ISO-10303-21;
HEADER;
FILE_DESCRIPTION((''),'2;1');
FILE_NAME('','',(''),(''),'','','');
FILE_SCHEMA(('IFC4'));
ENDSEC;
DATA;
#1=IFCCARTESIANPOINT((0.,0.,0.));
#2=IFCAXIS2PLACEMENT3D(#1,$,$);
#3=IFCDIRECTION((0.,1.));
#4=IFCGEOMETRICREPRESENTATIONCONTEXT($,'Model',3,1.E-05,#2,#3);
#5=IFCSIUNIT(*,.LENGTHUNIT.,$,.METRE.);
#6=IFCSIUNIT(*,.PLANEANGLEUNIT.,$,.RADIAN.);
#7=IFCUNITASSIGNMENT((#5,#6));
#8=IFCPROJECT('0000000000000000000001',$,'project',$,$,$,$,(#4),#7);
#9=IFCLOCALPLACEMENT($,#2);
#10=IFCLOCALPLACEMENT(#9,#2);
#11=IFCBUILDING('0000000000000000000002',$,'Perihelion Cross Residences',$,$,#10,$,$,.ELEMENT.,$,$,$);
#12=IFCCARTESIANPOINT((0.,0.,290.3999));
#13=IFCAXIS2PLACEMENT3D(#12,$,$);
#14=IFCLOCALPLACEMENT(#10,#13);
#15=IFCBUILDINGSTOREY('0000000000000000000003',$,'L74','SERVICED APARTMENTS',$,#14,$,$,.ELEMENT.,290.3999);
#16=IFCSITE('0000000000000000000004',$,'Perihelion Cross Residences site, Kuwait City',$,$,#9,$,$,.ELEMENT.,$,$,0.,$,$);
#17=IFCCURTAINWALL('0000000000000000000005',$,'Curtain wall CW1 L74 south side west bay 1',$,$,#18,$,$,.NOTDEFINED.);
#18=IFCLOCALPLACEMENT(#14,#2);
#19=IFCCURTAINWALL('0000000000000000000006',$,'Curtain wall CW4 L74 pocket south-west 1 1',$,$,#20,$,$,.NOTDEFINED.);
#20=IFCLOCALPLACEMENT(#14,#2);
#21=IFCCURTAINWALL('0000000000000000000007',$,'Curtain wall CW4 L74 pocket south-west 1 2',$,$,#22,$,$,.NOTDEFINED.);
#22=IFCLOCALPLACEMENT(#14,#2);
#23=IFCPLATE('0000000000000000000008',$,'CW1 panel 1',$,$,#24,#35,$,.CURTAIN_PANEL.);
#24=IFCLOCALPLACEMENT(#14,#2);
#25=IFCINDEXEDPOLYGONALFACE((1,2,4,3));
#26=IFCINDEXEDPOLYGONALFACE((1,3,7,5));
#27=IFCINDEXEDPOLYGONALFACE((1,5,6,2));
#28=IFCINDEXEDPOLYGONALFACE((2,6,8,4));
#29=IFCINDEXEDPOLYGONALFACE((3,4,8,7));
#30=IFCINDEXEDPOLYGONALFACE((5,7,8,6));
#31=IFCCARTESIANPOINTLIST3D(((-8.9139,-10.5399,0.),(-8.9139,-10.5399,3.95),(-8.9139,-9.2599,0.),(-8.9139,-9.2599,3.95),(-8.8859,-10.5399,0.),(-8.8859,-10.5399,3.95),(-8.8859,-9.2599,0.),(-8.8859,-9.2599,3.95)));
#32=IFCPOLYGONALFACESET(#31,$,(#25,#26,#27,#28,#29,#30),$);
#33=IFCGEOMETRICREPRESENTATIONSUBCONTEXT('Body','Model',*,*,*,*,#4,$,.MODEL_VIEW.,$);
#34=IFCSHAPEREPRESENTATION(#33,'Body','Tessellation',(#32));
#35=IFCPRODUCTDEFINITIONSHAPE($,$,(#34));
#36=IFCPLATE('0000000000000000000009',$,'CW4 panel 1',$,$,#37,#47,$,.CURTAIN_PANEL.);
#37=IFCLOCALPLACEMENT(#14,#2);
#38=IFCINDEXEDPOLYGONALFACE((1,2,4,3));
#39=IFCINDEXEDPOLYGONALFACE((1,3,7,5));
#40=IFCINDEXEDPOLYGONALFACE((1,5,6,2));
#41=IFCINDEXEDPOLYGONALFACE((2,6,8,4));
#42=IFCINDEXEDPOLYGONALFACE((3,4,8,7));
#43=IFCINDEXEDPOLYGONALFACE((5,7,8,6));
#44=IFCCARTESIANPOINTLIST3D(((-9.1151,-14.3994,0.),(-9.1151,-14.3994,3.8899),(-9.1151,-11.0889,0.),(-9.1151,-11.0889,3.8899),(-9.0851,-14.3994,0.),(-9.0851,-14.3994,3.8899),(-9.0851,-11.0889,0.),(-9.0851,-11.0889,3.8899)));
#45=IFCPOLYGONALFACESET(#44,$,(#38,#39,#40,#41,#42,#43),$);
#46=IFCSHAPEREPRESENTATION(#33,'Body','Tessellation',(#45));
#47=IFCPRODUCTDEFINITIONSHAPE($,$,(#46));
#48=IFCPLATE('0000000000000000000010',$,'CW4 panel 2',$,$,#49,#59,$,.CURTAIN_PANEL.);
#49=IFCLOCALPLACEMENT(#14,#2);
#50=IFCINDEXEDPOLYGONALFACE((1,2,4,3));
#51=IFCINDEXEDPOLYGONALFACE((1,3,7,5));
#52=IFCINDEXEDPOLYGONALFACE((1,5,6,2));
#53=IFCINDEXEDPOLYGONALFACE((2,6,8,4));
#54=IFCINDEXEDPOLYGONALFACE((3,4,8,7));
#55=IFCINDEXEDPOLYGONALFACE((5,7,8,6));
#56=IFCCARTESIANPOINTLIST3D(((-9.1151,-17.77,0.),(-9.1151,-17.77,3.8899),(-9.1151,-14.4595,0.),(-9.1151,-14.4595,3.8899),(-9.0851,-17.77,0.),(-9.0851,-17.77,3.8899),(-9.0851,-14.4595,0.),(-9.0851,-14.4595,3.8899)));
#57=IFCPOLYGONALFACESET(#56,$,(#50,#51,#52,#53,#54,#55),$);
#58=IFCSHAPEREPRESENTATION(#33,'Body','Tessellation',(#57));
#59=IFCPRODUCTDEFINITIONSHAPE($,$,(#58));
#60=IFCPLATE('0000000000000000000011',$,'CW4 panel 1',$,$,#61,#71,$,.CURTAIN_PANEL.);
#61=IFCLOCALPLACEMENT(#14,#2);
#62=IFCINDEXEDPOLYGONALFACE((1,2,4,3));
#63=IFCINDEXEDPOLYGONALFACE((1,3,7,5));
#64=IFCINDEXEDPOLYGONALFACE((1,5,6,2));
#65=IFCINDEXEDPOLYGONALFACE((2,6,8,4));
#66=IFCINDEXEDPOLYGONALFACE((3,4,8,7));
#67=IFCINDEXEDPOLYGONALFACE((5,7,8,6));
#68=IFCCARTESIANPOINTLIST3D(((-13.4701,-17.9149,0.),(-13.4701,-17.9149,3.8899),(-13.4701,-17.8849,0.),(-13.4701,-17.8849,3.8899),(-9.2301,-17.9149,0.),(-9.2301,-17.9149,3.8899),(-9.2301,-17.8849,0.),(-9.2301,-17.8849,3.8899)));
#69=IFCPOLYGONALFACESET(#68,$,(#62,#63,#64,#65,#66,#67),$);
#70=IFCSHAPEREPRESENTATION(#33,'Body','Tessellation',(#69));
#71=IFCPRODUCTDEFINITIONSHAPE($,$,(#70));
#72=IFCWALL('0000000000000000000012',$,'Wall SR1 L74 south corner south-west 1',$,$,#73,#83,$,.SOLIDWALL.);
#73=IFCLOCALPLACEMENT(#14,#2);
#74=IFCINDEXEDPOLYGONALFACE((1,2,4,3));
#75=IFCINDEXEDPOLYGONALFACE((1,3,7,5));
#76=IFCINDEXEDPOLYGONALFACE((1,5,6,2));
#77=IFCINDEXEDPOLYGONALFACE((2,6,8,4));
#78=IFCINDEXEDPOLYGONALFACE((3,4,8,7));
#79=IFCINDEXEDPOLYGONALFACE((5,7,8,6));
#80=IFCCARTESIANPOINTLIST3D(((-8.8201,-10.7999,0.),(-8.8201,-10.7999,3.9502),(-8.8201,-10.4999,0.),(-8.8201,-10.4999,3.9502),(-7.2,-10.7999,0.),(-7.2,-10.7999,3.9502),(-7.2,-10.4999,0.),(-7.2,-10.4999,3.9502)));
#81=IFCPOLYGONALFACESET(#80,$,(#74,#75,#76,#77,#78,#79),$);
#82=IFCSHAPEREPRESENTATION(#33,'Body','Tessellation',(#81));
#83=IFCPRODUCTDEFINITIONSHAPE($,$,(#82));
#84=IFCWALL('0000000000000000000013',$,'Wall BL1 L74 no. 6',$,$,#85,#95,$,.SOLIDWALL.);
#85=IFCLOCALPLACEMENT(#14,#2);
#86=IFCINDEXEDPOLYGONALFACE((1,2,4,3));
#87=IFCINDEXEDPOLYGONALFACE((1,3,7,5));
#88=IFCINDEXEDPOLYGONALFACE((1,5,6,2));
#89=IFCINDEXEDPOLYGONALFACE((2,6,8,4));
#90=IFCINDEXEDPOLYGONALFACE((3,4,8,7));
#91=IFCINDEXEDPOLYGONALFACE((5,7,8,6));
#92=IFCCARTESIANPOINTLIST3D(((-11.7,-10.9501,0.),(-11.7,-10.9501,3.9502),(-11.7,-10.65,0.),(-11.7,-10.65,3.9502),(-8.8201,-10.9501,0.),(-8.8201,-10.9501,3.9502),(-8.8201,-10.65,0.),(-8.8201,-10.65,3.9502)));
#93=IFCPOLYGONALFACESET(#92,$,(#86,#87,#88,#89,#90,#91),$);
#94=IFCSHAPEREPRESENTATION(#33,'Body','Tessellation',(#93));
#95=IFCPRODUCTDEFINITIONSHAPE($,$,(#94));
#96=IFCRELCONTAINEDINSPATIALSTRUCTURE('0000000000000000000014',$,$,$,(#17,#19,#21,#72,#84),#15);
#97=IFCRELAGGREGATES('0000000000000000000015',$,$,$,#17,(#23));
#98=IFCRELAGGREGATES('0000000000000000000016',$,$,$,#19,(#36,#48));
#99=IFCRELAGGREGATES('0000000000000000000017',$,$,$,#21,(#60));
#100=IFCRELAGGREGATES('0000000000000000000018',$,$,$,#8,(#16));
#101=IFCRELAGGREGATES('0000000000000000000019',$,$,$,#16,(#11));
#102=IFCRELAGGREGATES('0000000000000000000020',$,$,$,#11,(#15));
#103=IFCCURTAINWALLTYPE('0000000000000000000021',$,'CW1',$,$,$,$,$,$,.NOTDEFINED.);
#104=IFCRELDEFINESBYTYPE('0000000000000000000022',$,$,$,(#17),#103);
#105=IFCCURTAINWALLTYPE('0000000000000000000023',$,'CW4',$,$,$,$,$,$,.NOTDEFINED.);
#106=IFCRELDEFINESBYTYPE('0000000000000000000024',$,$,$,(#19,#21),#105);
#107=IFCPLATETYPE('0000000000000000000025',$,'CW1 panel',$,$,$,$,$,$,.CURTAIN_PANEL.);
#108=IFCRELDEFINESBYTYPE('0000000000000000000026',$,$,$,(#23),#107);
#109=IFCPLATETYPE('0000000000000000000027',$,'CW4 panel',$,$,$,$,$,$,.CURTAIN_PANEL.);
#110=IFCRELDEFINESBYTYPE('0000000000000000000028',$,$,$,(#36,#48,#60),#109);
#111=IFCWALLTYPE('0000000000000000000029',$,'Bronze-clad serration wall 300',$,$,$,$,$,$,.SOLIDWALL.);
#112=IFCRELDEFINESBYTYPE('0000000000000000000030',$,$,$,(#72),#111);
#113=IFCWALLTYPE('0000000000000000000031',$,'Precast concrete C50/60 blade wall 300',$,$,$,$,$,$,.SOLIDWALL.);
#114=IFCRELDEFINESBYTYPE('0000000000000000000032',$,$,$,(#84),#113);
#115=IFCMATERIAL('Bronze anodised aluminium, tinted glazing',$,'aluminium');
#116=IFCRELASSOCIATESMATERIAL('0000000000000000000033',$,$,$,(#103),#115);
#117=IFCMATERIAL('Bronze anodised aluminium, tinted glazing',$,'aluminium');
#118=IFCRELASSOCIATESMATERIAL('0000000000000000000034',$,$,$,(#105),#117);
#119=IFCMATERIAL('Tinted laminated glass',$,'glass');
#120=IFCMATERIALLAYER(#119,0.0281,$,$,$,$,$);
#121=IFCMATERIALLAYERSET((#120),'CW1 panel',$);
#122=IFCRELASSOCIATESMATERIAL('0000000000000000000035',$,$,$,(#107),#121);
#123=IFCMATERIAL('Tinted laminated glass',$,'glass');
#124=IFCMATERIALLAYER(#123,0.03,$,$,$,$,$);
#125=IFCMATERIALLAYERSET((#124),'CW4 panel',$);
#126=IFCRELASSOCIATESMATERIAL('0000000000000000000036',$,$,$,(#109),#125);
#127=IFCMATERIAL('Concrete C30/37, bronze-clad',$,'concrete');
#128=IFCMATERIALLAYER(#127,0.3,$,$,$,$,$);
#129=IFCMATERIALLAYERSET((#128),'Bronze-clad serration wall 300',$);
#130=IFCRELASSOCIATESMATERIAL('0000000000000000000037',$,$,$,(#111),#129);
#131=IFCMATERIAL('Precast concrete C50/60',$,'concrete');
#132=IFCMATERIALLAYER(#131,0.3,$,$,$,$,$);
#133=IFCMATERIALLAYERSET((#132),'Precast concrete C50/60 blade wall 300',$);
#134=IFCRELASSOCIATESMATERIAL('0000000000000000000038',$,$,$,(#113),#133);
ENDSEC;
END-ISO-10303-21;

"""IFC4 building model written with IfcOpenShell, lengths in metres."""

from ifc_helpers import new_model, si_unit, direction, frame, frame_2d, origin, origin_2d, place, context, subcontext, project, spatial, rectangle, extrude, material, layer, layer_set, type_object, element, aggregate, save


model = new_model("IFC4")

# Units and contexts
model_context = context("Model", 3, precision=1e-05, world=origin(), true_north=direction((0.0, 1.0)))
body_context = subcontext(model_context, "Body", "Model", "MODEL_VIEW")
ifc_project = project(units=[si_unit("LENGTHUNIT", "METRE"), si_unit("PLANEANGLEUNIT", "RADIAN")], contexts=[model_context])

# Site, building, storey
site_placement = place(None, origin())
site = spatial("IfcSite", under=ifc_project, at=site_placement, Name="Perihelion Cross Residences site, Kuwait City", CompositionType="ELEMENT", RefElevation=0.0)
building_placement = place(site_placement, origin())
building = spatial("IfcBuilding", under=site, at=building_placement, Name="Perihelion Cross Residences", CompositionType="ELEMENT")
storey_placement = place(building_placement, frame((0.0, 0.0, 290.3999)))
storey = spatial("IfcBuildingStorey", under=building, at=storey_placement, Name="L74", Description="SERVICED APARTMENTS", CompositionType="ELEMENT", Elevation=290.3999)

# Curtain walls
ifc_material_1 = material(Name="Bronze anodised aluminium, tinted glazing", Category="aluminium")
curtain_wall_type_1 = type_object("IfcCurtainWallType", Name="CW1", PredefinedType="NOTDEFINED", material=ifc_material_1)
curtain_wall_1_placement = place(storey_placement, origin())
curtain_wall_1 = element("IfcCurtainWall", 1, at=curtain_wall_1_placement, inside=storey, type_object=curtain_wall_type_1, Name="Curtain wall CW1 L74 south side west bay 1", PredefinedType="NOTDEFINED")
ifc_material_2 = material(Name="Bronze anodised aluminium, tinted glazing", Category="aluminium")
curtain_wall_type_2 = type_object("IfcCurtainWallType", Name="CW4", PredefinedType="NOTDEFINED", material=ifc_material_2)
curtain_wall_2_placement = place(storey_placement, origin())
curtain_wall_2 = element("IfcCurtainWall", 2, at=curtain_wall_2_placement, inside=storey, type_object=curtain_wall_type_2, Name="Curtain wall CW4 L74 pocket south-west 1 1", PredefinedType="NOTDEFINED")
curtain_wall_3_placement = place(storey_placement, origin())
curtain_wall_3 = element("IfcCurtainWall", 3, at=curtain_wall_3_placement, inside=storey, type_object=curtain_wall_type_2, Name="Curtain wall CW4 L74 pocket south-west 1 2", PredefinedType="NOTDEFINED")

# Plates
ifc_material_3 = material(Name="Tinted laminated glass", Category="glass")
ifc_layer_1 = layer(ifc_material_3, 0.0281)
ifc_layer_set_1 = layer_set([ifc_layer_1], Name="CW1 panel")
plate_type_1 = type_object("IfcPlateType", Name="CW1 panel", PredefinedType="CURTAIN_PANEL", material=ifc_layer_set_1)
plate_1_placement = place(storey_placement, frame((-8.8999, -9.8999, 0.0), z_axis=(0.0, 0.0, 1.0), x_axis=(0.0, -1.0, 0.0)))
plate_1 = element("IfcPlate", 4, at=plate_1_placement, type_object=plate_type_1, Name="CW1 panel 1", PredefinedType="CURTAIN_PANEL", context=body_context, shape_type="SweptSolid", body=[
    extrude(rectangle(XDim=1.28, YDim=0.0281, at=origin_2d()), origin(), (0.0, 0.0, 1.0), 3.95),
])
aggregate(curtain_wall_1, [plate_1])
ifc_material_4 = material(Name="Tinted laminated glass", Category="glass")
ifc_layer_2 = layer(ifc_material_4, 0.03)
ifc_layer_set_2 = layer_set([ifc_layer_2], Name="CW4 panel")
plate_type_2 = type_object("IfcPlateType", Name="CW4 panel", PredefinedType="CURTAIN_PANEL", material=ifc_layer_set_2)
plate_2_placement = place(storey_placement, frame((-9.1001, -12.7441, 0.0), z_axis=(0.0, 0.0, 1.0), x_axis=(0.0, -1.0, 0.0)))
plate_2 = element("IfcPlate", 5, at=plate_2_placement, type_object=plate_type_2, Name="CW4 panel 1", PredefinedType="CURTAIN_PANEL", context=body_context, shape_type="SweptSolid", body=[
    extrude(rectangle(XDim=3.3105, YDim=0.03, at=origin_2d()), origin(), (0.0, 0.0, 1.0), 3.8899),
])
plate_3_placement = place(storey_placement, frame((-9.1001, -16.1147, 0.0), z_axis=(0.0, 0.0, 1.0), x_axis=(0.0, -1.0, 0.0)))
plate_3 = element("IfcPlate", 6, at=plate_3_placement, type_object=plate_type_2, Name="CW4 panel 2", PredefinedType="CURTAIN_PANEL", context=body_context, shape_type="SweptSolid", body=[
    extrude(rectangle(XDim=3.3105, YDim=0.03, at=origin_2d()), origin(), (0.0, 0.0, 1.0), 3.8899),
])
aggregate(curtain_wall_2, [plate_2, plate_3])
plate_4_placement = place(storey_placement, frame((-11.3501, -17.8999, 0.0), z_axis=(0.0, 0.0, 1.0), x_axis=(-1.0, 0.0, 0.0)))
plate_4 = element("IfcPlate", 7, at=plate_4_placement, type_object=plate_type_2, Name="CW4 panel 1", PredefinedType="CURTAIN_PANEL", context=body_context, shape_type="SweptSolid", body=[
    extrude(rectangle(XDim=4.24, YDim=0.03, at=origin_2d()), origin(), (0.0, 0.0, 1.0), 3.8899),
])
aggregate(curtain_wall_3, [plate_4])

# Walls
ifc_material_5 = material(Name="Concrete C30/37, bronze-clad", Category="concrete")
ifc_layer_3 = layer(ifc_material_5, 0.3)
ifc_layer_set_3 = layer_set([ifc_layer_3], Name="Bronze-clad serration wall 300")
wall_type_1 = type_object("IfcWallType", Name="Bronze-clad serration wall 300", PredefinedType="SOLIDWALL", material=ifc_layer_set_3)
wall_1_placement = place(storey_placement, frame((-8.8201, -10.6499, 0.0), z_axis=(0.0, 0.0, 1.0), x_axis=(1.0, 0.0, 0.0)))
element("IfcWall", 8, at=wall_1_placement, inside=storey, type_object=wall_type_1, Name="Wall SR1 L74 south corner south-west 1", PredefinedType="SOLIDWALL", context=body_context, shape_type="SweptSolid", body=[
    extrude(rectangle(XDim=1.6201, YDim=0.3, at=frame_2d((0.8101, 0.0))), origin(), (0.0, 0.0, 1.0), 3.9502),
])
ifc_material_6 = material(Name="Precast concrete C50/60", Category="concrete")
ifc_layer_4 = layer(ifc_material_6, 0.3)
ifc_layer_set_4 = layer_set([ifc_layer_4], Name="Precast concrete C50/60 blade wall 300")
wall_type_2 = type_object("IfcWallType", Name="Precast concrete C50/60 blade wall 300", PredefinedType="SOLIDWALL", material=ifc_layer_set_4)
wall_2_placement = place(storey_placement, frame((-8.8201, -10.8, 0.0), z_axis=(0.0, 0.0, 1.0), x_axis=(-1.0, 0.0, 0.0)))
element("IfcWall", 9, at=wall_2_placement, inside=storey, type_object=wall_type_2, Name="Wall BL1 L74 no. 6", PredefinedType="SOLIDWALL", context=body_context, shape_type="SweptSolid", body=[
    extrude(rectangle(XDim=2.8799, YDim=0.3, at=frame_2d((1.4399, 0.0))), origin(), (0.0, 0.0, 1.0), 3.9502),
])

save(model, "model.ifc")
